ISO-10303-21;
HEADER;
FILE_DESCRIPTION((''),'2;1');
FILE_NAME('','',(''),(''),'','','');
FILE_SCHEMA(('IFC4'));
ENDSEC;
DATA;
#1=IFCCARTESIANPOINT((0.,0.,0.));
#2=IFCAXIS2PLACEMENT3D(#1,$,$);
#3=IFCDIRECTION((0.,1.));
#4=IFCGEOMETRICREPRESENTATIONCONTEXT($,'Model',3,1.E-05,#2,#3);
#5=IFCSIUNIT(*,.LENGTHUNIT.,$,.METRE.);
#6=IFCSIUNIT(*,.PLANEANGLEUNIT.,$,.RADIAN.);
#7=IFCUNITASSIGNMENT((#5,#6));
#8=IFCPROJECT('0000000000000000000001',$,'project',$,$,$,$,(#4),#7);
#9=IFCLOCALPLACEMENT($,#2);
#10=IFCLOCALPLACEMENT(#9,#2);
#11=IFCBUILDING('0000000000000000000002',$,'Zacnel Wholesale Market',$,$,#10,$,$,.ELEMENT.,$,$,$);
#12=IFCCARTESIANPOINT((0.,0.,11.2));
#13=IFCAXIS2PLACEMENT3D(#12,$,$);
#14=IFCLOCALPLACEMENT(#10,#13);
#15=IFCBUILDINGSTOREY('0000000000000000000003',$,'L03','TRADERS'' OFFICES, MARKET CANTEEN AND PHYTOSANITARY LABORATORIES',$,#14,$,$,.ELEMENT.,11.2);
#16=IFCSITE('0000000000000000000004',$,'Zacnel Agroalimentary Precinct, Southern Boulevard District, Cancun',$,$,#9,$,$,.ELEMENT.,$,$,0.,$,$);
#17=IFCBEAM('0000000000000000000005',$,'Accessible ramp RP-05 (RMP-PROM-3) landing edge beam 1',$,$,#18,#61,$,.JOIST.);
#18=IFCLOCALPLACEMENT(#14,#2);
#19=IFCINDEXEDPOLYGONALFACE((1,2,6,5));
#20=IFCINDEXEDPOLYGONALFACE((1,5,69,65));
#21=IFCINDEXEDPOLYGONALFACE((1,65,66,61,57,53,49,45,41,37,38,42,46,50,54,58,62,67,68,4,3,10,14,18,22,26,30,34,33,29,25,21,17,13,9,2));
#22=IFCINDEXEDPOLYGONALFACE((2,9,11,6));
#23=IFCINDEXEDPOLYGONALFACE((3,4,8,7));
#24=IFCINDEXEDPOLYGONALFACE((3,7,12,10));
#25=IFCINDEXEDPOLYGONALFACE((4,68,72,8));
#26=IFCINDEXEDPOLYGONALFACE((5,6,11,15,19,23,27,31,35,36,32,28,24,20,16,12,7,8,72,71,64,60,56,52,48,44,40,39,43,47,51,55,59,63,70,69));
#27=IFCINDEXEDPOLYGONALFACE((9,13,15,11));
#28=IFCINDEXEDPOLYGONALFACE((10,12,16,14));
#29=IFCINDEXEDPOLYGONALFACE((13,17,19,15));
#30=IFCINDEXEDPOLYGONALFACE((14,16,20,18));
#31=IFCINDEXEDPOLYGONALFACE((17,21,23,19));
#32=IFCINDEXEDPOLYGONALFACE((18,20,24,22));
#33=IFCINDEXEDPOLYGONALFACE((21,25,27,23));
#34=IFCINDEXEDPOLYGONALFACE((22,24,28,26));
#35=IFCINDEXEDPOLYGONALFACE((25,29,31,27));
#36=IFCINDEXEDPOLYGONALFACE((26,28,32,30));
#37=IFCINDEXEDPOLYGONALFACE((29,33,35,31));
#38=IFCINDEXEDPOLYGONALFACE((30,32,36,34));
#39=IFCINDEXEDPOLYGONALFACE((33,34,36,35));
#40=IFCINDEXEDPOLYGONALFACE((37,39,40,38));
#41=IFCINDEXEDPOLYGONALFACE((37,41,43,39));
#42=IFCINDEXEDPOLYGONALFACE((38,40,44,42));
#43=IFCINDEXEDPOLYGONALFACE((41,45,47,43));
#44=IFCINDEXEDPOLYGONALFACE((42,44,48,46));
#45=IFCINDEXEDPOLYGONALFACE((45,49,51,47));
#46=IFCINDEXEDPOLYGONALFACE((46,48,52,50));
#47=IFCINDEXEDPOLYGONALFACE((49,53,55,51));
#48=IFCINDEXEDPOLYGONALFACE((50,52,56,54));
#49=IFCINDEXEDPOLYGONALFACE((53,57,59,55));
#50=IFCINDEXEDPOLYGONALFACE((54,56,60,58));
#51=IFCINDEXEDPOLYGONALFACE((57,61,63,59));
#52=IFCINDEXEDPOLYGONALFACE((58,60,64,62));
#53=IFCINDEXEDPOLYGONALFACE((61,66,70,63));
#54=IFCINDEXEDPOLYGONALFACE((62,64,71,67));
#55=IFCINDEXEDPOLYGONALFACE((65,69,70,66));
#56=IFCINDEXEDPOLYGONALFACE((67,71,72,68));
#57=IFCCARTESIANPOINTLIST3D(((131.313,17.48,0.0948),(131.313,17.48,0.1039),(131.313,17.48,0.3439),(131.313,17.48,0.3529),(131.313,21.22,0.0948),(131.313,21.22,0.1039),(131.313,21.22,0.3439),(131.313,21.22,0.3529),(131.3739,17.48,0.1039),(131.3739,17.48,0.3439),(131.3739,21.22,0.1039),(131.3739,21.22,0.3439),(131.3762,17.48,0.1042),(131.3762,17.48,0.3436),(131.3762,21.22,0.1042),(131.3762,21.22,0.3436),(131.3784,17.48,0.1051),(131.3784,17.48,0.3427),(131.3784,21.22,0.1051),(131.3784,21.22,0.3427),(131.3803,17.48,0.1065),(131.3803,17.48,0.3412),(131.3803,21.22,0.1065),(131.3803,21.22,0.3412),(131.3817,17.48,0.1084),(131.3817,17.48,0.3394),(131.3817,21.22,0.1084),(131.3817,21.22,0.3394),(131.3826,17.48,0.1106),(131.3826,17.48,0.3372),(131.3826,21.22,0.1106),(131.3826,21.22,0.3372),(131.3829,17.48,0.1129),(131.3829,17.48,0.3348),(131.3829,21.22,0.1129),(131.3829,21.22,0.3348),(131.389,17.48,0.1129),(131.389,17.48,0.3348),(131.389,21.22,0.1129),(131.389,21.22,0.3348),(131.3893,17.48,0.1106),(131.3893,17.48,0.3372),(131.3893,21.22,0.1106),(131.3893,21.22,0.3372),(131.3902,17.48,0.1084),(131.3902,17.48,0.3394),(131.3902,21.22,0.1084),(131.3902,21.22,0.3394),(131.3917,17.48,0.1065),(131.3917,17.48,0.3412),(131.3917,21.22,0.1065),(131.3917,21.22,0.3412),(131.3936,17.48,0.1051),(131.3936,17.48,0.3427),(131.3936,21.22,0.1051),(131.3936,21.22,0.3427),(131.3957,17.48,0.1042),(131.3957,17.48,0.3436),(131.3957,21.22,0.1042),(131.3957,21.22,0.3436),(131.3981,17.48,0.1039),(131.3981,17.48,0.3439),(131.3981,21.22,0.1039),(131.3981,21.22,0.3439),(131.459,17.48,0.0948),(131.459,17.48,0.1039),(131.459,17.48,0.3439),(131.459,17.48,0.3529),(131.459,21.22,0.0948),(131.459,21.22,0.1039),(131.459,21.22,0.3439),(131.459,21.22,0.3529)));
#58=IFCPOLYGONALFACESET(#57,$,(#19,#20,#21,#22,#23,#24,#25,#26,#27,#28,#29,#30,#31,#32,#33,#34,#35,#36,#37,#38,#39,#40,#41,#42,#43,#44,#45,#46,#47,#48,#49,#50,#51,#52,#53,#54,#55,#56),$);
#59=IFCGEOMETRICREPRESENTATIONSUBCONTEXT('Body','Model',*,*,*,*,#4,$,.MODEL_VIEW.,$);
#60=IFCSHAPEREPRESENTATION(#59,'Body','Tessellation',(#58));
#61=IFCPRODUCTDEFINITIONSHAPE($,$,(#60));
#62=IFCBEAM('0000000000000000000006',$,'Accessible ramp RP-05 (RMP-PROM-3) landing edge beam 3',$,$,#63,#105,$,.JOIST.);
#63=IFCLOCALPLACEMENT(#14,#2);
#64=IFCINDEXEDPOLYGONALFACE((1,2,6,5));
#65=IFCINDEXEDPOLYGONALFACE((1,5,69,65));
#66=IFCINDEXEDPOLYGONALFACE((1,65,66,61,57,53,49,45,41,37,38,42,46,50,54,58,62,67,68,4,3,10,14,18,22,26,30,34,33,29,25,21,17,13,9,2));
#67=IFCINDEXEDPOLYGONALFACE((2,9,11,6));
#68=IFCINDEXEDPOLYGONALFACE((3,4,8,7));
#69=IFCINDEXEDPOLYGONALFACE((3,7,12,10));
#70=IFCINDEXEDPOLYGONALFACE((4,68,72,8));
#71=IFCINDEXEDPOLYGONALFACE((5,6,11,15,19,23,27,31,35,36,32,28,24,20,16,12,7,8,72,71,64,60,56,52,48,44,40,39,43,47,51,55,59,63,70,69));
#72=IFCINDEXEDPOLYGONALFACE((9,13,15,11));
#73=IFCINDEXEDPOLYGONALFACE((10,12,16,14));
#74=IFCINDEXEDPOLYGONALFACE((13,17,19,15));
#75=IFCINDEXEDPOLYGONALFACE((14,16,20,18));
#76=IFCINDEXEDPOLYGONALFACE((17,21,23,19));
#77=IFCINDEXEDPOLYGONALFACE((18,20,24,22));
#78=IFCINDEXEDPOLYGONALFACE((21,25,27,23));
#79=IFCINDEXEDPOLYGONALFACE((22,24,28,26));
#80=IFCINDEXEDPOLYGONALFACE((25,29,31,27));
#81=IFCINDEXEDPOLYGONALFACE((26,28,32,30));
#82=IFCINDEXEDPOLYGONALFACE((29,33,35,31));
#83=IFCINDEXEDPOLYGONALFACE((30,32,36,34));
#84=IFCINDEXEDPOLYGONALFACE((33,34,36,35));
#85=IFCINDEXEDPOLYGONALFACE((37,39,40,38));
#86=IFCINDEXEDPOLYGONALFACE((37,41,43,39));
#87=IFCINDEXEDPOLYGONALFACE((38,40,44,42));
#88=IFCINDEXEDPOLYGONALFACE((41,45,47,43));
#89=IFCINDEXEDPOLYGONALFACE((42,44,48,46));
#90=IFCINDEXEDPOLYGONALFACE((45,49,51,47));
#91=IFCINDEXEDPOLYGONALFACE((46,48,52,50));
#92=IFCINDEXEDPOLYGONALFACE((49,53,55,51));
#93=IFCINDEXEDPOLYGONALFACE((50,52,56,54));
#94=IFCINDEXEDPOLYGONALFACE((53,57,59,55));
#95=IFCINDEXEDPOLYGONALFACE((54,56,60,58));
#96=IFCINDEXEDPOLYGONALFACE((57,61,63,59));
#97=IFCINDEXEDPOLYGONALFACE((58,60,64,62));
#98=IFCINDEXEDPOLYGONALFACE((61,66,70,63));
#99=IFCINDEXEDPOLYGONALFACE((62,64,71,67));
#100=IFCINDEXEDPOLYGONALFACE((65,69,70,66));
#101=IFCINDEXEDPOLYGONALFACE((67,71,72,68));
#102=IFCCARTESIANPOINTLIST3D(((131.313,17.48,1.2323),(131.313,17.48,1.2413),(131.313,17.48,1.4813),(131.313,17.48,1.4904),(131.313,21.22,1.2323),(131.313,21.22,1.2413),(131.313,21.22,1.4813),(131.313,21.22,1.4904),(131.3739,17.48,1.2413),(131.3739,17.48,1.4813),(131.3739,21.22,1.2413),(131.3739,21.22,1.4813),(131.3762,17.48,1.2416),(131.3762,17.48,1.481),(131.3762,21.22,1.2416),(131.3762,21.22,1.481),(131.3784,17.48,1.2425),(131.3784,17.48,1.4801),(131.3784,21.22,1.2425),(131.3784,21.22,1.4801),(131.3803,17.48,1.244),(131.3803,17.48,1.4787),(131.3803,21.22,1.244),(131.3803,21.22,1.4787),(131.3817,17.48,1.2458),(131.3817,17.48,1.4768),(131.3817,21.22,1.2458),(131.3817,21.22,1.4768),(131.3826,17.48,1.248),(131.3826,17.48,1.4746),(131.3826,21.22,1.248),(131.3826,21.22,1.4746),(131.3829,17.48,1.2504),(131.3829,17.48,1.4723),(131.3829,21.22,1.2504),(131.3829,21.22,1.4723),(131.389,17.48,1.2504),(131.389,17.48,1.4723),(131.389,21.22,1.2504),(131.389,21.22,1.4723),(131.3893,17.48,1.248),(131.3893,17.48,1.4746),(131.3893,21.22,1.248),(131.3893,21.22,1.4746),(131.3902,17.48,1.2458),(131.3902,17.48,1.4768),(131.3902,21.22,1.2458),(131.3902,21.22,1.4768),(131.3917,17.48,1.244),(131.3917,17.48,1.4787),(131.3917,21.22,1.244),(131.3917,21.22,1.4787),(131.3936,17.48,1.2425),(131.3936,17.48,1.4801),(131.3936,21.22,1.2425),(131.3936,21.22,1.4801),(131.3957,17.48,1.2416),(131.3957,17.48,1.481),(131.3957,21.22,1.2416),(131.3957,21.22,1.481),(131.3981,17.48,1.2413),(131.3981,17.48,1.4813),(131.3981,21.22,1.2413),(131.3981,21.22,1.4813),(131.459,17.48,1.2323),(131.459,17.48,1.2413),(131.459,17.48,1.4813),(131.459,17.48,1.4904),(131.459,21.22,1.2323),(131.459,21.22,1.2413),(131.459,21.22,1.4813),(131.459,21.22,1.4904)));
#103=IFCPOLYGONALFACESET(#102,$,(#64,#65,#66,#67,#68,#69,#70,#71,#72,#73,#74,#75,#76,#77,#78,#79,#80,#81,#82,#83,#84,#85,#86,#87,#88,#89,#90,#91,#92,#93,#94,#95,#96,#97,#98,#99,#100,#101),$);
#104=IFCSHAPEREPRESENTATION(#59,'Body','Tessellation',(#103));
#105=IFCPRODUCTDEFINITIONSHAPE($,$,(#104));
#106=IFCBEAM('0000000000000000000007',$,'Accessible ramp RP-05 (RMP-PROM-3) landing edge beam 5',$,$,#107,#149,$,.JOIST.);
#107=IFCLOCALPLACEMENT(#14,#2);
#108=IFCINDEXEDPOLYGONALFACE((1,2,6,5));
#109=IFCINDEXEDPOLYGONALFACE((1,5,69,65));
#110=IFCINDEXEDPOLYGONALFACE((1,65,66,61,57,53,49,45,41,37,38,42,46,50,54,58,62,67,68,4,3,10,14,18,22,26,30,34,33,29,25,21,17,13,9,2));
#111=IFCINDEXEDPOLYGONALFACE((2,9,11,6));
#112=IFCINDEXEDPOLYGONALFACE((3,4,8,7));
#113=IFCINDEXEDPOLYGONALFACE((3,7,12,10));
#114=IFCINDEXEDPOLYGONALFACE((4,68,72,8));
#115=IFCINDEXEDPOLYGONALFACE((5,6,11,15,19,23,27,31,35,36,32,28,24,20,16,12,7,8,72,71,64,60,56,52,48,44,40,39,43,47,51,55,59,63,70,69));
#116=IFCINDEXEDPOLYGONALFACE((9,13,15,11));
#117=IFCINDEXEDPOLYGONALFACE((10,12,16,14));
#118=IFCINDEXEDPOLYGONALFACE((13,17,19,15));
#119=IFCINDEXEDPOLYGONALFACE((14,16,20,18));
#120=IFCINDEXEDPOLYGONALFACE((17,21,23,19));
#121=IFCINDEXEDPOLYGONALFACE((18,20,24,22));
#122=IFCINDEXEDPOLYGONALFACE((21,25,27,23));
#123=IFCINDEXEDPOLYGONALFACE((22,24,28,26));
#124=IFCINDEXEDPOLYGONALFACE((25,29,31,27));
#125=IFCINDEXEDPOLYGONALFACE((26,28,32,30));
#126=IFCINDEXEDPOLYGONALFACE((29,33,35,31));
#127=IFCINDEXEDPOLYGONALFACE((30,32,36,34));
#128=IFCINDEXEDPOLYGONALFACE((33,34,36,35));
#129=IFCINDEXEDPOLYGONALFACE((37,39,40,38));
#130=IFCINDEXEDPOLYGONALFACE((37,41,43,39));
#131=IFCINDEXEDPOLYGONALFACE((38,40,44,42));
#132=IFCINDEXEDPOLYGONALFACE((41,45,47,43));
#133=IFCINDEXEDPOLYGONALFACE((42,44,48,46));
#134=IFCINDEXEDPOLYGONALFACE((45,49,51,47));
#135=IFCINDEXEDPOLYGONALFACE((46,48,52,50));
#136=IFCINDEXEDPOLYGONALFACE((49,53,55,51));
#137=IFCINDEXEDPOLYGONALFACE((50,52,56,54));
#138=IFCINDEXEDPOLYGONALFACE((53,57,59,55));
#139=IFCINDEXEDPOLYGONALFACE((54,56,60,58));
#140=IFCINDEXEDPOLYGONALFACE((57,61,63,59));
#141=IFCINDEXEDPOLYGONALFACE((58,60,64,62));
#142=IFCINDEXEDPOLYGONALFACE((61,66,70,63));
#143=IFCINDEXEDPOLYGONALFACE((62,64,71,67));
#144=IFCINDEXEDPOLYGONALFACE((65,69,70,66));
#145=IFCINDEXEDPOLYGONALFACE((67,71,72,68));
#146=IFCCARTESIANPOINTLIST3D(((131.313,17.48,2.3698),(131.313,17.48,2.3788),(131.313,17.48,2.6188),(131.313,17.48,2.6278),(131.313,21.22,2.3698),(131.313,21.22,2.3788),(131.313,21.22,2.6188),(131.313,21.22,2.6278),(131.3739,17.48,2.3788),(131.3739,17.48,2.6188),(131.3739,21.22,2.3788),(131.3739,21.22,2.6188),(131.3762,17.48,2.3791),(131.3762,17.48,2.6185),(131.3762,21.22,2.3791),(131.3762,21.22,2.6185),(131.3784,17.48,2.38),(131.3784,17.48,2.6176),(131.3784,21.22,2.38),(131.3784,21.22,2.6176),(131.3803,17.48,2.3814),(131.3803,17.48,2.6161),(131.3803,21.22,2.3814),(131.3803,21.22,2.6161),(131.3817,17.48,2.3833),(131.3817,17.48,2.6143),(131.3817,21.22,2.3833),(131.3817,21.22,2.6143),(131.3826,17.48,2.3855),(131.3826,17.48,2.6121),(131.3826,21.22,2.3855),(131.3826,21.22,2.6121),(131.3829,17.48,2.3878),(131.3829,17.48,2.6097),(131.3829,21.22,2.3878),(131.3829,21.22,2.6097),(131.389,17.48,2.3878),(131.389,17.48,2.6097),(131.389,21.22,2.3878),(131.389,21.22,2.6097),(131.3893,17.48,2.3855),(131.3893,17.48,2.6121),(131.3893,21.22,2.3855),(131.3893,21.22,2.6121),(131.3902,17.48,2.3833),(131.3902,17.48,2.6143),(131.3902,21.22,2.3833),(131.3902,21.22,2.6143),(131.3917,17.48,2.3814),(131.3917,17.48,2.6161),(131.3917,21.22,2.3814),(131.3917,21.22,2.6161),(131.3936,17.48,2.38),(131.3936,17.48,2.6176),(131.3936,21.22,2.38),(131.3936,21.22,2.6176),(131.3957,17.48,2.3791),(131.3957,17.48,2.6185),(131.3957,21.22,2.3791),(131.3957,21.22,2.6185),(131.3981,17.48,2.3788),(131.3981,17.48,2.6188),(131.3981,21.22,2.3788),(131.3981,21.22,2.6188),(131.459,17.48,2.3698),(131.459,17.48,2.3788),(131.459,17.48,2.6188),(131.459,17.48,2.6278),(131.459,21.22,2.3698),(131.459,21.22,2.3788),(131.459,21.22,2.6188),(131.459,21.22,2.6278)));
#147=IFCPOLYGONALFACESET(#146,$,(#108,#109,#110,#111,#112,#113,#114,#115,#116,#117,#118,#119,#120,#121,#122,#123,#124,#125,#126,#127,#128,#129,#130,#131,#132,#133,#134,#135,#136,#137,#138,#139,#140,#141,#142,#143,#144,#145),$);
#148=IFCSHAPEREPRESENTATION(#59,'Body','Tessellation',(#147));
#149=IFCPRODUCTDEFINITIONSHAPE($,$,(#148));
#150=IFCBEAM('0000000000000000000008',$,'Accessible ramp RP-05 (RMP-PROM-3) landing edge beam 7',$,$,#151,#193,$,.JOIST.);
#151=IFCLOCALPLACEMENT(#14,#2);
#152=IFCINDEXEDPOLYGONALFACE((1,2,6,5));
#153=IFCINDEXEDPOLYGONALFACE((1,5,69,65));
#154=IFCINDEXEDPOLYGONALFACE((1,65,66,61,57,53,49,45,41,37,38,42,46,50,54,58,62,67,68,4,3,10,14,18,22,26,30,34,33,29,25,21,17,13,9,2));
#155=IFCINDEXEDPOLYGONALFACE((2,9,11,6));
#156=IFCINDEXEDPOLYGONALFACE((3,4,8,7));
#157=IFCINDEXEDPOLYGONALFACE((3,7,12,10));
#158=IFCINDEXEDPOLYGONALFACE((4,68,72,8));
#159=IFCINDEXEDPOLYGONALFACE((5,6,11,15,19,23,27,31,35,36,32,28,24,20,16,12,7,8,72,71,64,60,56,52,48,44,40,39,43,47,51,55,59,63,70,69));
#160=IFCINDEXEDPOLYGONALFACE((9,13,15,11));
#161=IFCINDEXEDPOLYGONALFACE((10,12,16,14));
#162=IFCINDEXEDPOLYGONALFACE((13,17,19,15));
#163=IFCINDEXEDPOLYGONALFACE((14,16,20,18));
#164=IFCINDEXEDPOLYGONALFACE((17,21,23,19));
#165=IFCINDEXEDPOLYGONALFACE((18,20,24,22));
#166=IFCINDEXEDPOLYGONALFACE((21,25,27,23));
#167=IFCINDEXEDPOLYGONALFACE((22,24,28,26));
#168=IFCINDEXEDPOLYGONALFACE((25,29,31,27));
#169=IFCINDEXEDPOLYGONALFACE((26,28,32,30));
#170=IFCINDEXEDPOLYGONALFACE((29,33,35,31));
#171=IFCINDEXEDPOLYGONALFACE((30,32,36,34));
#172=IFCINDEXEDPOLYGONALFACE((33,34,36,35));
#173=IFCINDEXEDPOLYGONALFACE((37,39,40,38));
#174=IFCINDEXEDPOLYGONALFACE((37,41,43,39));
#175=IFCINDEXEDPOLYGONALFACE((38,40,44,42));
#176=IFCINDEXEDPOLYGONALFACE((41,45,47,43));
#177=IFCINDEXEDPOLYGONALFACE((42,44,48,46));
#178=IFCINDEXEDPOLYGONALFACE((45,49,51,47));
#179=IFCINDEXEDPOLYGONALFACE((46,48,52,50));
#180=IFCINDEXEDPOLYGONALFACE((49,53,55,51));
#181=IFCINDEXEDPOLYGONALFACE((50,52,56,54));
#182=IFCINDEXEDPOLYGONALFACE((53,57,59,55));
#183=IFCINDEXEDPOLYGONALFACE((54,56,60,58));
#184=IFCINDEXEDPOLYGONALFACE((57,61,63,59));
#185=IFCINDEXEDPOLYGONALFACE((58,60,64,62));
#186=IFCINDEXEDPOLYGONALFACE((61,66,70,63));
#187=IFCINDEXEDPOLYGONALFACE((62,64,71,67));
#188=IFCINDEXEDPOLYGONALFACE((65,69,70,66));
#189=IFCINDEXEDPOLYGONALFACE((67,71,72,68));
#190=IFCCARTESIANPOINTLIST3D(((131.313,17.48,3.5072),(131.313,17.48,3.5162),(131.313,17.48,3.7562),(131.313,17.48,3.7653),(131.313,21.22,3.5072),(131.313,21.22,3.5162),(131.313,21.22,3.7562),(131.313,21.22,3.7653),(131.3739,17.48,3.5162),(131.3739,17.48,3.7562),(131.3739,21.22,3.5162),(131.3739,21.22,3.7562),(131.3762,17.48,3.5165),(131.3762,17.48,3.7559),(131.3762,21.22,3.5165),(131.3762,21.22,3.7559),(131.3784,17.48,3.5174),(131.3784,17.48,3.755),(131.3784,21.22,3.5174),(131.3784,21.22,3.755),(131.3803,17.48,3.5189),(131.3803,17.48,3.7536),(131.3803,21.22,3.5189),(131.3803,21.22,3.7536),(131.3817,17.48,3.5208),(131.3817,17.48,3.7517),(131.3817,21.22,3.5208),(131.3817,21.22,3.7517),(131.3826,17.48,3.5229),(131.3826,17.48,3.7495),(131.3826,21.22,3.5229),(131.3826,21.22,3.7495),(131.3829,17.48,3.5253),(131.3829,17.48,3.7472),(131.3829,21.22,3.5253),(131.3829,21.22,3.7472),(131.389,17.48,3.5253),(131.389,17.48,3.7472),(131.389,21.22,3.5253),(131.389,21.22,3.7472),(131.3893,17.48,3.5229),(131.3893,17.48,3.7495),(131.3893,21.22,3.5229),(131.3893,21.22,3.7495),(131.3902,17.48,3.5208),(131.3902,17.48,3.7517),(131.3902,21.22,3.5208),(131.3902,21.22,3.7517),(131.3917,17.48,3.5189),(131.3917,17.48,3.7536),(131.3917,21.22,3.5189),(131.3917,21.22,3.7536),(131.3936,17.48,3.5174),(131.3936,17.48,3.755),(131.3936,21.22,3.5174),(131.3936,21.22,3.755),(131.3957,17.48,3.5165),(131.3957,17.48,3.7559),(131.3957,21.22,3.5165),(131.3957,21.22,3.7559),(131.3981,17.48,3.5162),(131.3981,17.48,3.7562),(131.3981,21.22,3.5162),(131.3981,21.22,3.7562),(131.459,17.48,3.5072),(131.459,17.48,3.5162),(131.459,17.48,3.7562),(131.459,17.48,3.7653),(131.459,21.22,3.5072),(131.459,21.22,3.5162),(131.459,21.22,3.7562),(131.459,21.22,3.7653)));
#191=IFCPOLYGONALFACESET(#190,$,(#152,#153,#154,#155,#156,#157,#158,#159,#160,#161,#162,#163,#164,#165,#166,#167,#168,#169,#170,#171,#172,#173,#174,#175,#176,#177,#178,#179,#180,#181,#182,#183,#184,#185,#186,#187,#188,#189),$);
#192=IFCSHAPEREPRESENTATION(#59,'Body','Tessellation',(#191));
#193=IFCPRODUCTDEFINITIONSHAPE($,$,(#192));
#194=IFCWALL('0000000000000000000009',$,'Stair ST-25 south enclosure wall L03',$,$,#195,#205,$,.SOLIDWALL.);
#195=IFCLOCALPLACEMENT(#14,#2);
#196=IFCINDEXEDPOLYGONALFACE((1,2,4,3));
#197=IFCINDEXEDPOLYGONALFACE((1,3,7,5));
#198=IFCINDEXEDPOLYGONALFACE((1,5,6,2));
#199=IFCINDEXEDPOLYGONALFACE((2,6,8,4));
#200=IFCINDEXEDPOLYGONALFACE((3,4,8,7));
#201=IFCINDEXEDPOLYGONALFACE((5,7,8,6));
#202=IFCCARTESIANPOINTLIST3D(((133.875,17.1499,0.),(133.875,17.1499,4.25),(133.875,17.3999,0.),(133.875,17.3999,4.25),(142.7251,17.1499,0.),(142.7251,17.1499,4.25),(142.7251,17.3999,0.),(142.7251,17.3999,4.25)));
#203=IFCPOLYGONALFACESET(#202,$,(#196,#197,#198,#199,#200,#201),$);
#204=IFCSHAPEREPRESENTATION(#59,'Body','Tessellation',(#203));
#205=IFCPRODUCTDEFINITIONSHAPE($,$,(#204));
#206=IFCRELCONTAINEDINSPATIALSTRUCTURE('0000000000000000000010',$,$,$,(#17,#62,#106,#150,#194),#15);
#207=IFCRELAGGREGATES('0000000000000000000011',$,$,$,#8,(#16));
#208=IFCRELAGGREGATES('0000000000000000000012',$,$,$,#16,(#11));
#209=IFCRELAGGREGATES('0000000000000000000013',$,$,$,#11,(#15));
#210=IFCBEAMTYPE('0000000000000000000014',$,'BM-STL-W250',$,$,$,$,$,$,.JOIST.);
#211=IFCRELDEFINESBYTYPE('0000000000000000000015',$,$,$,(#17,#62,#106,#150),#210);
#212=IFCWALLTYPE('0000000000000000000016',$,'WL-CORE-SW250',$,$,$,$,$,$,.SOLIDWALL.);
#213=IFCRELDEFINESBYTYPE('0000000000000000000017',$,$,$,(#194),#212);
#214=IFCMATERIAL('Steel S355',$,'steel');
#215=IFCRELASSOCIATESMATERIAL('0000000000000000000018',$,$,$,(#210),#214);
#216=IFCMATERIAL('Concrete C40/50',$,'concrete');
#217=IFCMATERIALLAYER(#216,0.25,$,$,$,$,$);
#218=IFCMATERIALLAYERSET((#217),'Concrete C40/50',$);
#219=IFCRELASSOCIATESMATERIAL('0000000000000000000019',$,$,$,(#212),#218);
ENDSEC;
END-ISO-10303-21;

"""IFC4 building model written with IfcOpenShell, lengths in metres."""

from ifc_helpers import new_model, si_unit, direction, frame, frame_2d, origin, origin_2d, place, context, subcontext, project, spatial, rectangle, i_section, extrude, material, layer, layer_set, material_profile, profile_set, type_object, element, save


model = new_model("IFC4")

# Units and contexts
model_context = context("Model", 3, precision=1e-05, world=origin(), true_north=direction((0.0, 1.0)))
body_context = subcontext(model_context, "Body", "Model", "MODEL_VIEW")
ifc_project = project(units=[si_unit("LENGTHUNIT", "METRE"), si_unit("PLANEANGLEUNIT", "RADIAN")], contexts=[model_context])

# Site, building, storey
site_placement = place(None, origin())
site = spatial("IfcSite", under=ifc_project, at=site_placement, Name="Zacnel Agroalimentary Precinct, Southern Boulevard District, Cancun", CompositionType="ELEMENT", RefElevation=0.0)
building_placement = place(site_placement, origin())
building = spatial("IfcBuilding", under=site, at=building_placement, Name="Zacnel Wholesale Market", CompositionType="ELEMENT")
storey_placement = place(building_placement, frame((0.0, 0.0, 11.2)))
storey = spatial("IfcBuildingStorey", under=building, at=storey_placement, Name="L03", Description="TRADERS' OFFICES, MARKET CANTEEN AND PHYTOSANITARY LABORATORIES", CompositionType="ELEMENT", Elevation=11.2)

# Beams
ifc_material_1 = material(Name="Steel S355", Category="steel")
ifc_material_profile_1 = material_profile(ifc_material_1, i_section(OverallWidth=0.146, OverallDepth=0.2581, WebThickness=0.0061, FlangeThickness=0.009, FilletRadius=0.009, at=origin_2d()), Name="W250X32.7")
ifc_profile_set_1 = profile_set([ifc_material_profile_1], Name="Steel S355")
beam_type_1 = type_object("IfcBeamType", Name="BM-STL-W250", PredefinedType="JOIST", material=ifc_profile_set_1)
for number, where, z_axis, x_axis, name in (
    (1, (131.386, 17.48, 0.2239), (0.0, 1.0, 0.0), (-1.0, 0.0, 0.0), "Accessible ramp RP-05 (RMP-PROM-3) landing edge beam 1"),
    (2, (131.386, 17.48, 1.3613), (0.0, 1.0, 0.0), (-1.0, 0.0, 0.0), "Accessible ramp RP-05 (RMP-PROM-3) landing edge beam 3"),
    (3, (131.386, 17.48, 2.4988), (0.0, 1.0, 0.0), (-1.0, 0.0, 0.0), "Accessible ramp RP-05 (RMP-PROM-3) landing edge beam 5"),
    (4, (131.386, 17.48, 3.6362), (0.0, 1.0, 0.0), (-1.0, 0.0, 0.0), "Accessible ramp RP-05 (RMP-PROM-3) landing edge beam 7"),
):
    element("IfcBeam", number, at=place(storey_placement, frame(where, z_axis=z_axis, x_axis=x_axis)), inside=storey, type_object=beam_type_1, Name=name, PredefinedType="JOIST", context=body_context, shape_type="SweptSolid", body=[
        extrude(i_section(OverallWidth=0.146, OverallDepth=0.2581, WebThickness=0.0061, FlangeThickness=0.009, FilletRadius=0.009, at=origin_2d()), origin(), (0.0, 0.0, 1.0), 3.74),
    ])

# Wall
ifc_material_2 = material(Name="Concrete C40/50", Category="concrete")
ifc_layer_1 = layer(ifc_material_2, 0.25)
ifc_layer_set_1 = layer_set([ifc_layer_1], Name="Concrete C40/50")
wall_type_1 = type_object("IfcWallType", Name="WL-CORE-SW250", PredefinedType="SOLIDWALL", material=ifc_layer_set_1)
wall_1_placement = place(storey_placement, frame((133.875, 17.2749, 0.0), z_axis=(0.0, 0.0, 1.0), x_axis=(1.0, 0.0, 0.0)))
element("IfcWall", 5, at=wall_1_placement, inside=storey, type_object=wall_type_1, Name="Stair ST-25 south enclosure wall L03", PredefinedType="SOLIDWALL", context=body_context, shape_type="SweptSolid", body=[
    extrude(rectangle(XDim=8.8501, YDim=0.25, at=frame_2d((4.425, 0.0))), origin(), (0.0, 0.0, 1.0), 4.25),
])

save(model, "model.ifc")
